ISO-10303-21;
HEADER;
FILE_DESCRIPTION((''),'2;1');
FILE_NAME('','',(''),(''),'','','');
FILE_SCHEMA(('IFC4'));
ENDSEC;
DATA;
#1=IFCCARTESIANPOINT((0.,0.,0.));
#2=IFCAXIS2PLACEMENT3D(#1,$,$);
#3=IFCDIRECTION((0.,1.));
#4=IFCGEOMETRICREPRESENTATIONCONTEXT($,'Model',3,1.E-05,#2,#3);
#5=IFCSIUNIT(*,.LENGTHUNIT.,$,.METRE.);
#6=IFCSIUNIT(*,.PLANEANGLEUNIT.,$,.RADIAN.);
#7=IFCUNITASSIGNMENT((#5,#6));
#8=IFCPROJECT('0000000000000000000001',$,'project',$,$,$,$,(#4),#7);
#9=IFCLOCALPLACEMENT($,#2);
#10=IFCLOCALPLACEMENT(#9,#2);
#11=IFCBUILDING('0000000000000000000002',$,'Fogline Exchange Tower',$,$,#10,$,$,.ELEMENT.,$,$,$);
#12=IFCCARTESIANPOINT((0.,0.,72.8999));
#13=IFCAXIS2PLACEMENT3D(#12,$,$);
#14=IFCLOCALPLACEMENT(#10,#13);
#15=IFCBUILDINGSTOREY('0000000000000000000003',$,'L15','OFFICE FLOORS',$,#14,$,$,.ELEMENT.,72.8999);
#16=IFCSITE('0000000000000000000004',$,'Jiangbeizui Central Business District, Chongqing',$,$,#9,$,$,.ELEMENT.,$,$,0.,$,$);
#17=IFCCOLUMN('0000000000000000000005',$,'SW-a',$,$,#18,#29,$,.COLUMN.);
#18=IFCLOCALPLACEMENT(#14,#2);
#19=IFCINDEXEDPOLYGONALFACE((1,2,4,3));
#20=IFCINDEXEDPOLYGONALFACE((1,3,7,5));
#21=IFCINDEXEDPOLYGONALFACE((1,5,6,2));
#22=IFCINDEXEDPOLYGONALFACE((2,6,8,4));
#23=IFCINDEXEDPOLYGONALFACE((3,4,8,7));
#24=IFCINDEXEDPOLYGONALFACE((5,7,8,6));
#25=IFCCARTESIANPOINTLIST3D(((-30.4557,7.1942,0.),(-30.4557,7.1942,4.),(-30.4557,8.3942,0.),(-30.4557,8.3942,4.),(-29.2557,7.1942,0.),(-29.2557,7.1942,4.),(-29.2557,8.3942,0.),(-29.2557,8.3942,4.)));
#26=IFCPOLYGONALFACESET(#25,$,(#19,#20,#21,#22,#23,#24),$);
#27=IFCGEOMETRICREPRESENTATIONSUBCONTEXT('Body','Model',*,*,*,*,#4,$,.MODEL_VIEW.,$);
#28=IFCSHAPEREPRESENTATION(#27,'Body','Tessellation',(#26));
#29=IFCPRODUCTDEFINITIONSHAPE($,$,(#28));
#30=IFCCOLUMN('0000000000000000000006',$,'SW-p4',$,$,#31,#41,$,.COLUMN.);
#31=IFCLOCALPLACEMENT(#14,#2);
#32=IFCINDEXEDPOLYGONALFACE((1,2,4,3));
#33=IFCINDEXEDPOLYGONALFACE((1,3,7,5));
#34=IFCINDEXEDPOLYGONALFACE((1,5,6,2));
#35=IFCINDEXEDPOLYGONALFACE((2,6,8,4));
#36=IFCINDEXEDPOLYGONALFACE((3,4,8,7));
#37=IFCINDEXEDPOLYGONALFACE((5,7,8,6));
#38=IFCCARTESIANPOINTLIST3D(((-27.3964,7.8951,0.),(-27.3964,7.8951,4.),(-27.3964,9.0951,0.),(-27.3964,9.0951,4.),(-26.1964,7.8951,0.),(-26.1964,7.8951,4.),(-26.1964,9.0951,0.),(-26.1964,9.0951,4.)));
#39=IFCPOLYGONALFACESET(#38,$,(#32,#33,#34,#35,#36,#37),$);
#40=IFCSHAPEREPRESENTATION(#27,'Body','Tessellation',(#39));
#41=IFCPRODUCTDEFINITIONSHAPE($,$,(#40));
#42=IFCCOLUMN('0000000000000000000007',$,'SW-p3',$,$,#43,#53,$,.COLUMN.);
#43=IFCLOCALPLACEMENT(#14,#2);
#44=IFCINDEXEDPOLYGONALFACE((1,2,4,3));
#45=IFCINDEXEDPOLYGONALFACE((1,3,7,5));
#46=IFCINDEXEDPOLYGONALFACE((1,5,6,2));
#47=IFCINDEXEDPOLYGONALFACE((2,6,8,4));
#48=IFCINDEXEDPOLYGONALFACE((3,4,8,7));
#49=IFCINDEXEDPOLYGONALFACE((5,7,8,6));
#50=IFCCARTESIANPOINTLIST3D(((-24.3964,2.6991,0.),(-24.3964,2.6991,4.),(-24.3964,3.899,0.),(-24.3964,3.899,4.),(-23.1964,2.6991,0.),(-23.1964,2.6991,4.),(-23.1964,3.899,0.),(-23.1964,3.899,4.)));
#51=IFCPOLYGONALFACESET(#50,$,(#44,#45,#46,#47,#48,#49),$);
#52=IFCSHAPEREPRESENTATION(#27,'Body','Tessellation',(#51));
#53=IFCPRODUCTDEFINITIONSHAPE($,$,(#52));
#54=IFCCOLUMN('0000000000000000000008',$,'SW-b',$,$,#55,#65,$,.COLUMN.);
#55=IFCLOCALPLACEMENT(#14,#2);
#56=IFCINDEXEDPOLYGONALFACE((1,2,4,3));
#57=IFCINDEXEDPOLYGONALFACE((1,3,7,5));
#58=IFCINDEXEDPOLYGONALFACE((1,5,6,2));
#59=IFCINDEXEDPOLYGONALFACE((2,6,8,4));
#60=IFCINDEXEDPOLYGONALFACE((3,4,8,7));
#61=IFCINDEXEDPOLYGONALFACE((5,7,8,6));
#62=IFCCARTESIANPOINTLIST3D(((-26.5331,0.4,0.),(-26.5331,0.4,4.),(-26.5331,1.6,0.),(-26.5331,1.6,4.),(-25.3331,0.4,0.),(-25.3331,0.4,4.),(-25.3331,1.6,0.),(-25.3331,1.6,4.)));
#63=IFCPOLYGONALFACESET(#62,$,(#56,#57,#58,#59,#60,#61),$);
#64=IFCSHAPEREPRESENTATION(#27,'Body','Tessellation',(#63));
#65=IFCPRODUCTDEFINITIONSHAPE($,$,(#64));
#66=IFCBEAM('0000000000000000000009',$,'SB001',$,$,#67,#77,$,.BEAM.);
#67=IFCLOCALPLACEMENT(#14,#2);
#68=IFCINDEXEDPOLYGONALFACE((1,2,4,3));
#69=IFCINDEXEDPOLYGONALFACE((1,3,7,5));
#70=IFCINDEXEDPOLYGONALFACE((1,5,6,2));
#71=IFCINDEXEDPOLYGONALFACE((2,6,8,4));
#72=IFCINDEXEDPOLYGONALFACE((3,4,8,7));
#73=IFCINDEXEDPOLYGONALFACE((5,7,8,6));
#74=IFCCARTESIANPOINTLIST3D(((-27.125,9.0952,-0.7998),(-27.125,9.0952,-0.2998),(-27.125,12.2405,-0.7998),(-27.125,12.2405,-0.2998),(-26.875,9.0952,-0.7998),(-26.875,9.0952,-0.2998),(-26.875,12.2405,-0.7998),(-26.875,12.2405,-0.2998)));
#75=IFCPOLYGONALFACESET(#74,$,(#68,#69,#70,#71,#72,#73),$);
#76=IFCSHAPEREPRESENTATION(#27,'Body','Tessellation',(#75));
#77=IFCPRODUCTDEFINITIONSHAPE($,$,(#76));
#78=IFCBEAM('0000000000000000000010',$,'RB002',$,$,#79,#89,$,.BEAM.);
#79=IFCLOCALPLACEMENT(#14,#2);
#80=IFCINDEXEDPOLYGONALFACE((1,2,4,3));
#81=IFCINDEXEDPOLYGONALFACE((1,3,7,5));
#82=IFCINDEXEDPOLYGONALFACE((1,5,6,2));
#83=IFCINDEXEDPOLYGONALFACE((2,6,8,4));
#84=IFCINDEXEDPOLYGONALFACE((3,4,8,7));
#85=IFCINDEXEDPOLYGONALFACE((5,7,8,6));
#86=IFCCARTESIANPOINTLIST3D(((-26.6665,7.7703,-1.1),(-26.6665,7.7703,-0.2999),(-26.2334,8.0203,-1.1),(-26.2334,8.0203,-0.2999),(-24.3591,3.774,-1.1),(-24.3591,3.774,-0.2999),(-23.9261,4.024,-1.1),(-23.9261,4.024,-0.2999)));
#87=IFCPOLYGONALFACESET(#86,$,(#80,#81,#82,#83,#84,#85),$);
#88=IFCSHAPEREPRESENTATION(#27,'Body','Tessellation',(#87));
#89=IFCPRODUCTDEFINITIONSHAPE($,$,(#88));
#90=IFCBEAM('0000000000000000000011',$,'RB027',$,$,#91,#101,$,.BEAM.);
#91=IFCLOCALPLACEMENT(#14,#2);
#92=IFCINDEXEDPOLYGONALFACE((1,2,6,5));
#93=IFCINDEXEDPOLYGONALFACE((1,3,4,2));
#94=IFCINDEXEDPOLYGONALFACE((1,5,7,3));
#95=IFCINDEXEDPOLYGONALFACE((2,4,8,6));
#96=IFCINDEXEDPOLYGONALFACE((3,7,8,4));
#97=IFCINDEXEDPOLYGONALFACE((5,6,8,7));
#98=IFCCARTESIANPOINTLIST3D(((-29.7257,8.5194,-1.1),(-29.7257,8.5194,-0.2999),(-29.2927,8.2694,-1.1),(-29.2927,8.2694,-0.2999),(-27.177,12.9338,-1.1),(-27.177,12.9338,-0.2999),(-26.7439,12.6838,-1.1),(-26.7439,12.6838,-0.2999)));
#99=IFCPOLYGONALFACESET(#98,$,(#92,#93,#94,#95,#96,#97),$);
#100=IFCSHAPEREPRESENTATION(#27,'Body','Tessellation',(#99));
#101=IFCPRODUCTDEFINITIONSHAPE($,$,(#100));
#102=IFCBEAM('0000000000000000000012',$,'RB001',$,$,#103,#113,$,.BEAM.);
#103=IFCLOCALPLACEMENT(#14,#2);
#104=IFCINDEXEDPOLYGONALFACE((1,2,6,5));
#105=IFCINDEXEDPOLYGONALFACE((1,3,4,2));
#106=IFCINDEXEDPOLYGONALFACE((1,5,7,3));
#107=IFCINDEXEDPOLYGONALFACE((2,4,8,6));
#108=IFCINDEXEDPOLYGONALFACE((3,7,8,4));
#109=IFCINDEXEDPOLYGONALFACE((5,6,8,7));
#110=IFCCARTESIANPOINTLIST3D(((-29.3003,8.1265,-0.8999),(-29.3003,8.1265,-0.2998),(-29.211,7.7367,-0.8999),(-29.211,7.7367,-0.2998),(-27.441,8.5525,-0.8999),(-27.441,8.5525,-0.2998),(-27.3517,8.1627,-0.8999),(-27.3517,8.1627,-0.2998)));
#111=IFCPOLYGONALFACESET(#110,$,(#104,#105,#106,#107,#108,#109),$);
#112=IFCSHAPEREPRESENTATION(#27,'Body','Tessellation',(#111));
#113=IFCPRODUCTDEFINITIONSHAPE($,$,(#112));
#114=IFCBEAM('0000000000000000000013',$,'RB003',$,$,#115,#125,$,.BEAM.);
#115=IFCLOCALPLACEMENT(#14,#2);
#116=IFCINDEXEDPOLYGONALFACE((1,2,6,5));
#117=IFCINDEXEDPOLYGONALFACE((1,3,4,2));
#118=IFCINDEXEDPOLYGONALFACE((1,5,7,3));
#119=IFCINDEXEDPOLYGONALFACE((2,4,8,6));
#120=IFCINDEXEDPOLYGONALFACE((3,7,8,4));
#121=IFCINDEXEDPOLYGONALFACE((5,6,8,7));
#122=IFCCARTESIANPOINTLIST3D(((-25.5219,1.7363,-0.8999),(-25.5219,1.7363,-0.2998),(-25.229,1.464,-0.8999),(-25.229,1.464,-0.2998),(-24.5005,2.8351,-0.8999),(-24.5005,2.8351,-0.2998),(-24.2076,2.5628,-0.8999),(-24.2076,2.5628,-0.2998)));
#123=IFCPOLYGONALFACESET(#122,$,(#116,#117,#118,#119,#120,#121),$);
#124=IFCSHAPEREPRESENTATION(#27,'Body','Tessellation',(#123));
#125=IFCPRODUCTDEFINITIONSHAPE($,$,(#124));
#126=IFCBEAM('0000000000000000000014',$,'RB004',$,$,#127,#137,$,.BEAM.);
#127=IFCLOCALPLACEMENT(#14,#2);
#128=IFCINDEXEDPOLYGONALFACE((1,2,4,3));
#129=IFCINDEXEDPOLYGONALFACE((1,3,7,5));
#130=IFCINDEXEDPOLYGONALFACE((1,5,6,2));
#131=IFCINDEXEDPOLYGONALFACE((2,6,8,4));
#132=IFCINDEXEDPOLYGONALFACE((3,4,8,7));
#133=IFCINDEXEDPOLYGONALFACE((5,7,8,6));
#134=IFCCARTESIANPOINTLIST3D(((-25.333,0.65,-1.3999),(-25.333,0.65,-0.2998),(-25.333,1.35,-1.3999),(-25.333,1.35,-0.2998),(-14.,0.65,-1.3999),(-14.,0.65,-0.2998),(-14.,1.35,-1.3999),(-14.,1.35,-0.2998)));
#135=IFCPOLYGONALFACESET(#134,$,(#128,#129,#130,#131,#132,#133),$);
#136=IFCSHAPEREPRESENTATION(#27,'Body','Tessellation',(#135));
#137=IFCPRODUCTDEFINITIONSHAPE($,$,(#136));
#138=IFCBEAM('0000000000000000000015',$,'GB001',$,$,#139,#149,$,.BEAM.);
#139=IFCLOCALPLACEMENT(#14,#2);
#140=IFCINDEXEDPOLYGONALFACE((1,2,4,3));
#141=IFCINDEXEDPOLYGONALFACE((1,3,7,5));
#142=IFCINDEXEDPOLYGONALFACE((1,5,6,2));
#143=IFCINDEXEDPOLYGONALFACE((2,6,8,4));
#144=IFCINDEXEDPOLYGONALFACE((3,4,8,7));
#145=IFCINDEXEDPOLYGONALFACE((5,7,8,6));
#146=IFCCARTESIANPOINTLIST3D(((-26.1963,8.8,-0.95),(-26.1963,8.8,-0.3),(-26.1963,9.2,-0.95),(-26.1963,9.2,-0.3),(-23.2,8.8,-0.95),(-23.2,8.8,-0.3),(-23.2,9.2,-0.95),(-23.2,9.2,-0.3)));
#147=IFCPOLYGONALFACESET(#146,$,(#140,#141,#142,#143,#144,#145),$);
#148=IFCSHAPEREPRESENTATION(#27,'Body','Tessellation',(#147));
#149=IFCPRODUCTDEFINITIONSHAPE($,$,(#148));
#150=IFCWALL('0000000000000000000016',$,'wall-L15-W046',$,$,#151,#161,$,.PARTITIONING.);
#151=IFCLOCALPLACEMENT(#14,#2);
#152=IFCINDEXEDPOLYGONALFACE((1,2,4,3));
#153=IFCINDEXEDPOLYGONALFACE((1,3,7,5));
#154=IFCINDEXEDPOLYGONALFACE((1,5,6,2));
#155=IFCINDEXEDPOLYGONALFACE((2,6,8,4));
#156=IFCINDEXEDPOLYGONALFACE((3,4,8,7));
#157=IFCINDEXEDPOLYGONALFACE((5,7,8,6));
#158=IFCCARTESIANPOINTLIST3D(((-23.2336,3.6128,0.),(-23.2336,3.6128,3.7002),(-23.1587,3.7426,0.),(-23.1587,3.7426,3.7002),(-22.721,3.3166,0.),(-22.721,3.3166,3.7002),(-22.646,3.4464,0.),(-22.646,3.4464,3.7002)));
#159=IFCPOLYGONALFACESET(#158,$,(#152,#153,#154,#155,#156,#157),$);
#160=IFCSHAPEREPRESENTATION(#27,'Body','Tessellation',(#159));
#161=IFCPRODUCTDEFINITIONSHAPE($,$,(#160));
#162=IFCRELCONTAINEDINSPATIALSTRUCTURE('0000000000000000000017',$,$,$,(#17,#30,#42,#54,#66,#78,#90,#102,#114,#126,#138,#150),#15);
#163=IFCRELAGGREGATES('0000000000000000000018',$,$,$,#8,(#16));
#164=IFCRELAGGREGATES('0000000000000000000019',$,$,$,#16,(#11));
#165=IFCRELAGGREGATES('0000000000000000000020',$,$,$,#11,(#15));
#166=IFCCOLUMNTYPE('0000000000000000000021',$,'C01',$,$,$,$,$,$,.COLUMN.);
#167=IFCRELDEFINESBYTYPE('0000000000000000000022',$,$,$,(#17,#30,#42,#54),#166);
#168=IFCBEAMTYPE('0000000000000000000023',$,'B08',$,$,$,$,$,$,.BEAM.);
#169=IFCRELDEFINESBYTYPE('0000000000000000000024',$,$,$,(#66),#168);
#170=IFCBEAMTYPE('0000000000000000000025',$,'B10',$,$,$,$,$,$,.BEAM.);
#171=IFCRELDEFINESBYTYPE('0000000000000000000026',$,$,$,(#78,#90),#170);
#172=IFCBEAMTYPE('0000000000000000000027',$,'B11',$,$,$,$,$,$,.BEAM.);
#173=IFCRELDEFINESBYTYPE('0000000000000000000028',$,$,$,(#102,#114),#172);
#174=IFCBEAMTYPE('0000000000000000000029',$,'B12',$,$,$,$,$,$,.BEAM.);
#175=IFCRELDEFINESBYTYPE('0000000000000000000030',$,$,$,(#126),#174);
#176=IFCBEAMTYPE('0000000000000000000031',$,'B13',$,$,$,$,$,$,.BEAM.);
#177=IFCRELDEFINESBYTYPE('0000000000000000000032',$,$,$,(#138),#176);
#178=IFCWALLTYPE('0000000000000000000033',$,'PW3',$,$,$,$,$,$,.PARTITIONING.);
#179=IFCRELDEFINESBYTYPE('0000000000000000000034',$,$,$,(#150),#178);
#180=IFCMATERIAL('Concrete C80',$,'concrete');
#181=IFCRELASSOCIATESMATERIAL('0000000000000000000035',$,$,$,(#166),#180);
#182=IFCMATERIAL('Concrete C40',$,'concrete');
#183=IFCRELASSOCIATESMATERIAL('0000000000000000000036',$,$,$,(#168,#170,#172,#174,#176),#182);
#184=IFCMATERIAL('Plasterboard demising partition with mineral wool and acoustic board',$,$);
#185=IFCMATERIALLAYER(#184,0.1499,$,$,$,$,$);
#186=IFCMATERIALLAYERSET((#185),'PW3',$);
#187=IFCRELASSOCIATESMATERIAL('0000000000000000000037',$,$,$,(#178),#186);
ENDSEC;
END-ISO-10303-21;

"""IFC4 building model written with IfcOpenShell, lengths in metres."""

from ifc_helpers import new_model, si_unit, direction, frame, frame_2d, origin, origin_2d, place, context, subcontext, project, spatial, rectangle, extrude, material, layer, layer_set, material_profile, profile_set, type_object, element, save


model = new_model("IFC4")

# Units and contexts
model_context = context("Model", 3, precision=1e-05, world=origin(), true_north=direction((0.0, 1.0)))
body_context = subcontext(model_context, "Body", "Model", "MODEL_VIEW")
ifc_project = project(units=[si_unit("LENGTHUNIT", "METRE"), si_unit("PLANEANGLEUNIT", "RADIAN")], contexts=[model_context])

# Site, building, storey
site_placement = place(None, origin())
site = spatial("IfcSite", under=ifc_project, at=site_placement, Name="Jiangbeizui Central Business District, Chongqing", CompositionType="ELEMENT", RefElevation=0.0)
building_placement = place(site_placement, origin())
building = spatial("IfcBuilding", under=site, at=building_placement, Name="Fogline Exchange Tower", CompositionType="ELEMENT")
storey_placement = place(building_placement, frame((0.0, 0.0, 72.8999)))
storey = spatial("IfcBuildingStorey", under=building, at=storey_placement, Name="L15", Description="OFFICE FLOORS", CompositionType="ELEMENT", Elevation=72.8999)

# Columns
ifc_material_1 = material(Name="Concrete C80", Category="concrete")
ifc_material_profile_1 = material_profile(ifc_material_1, rectangle(XDim=1.2, YDim=1.2, at=origin_2d()), Name="RC 1200x1200")
ifc_profile_set_1 = profile_set([ifc_material_profile_1], Name="Concrete C80")
column_type = type_object("IfcColumnType", Name="C01", PredefinedType="COLUMN", material=ifc_profile_set_1)
for number, where, z_axis, x_axis, name in (
    (1, (-29.8557, 7.7942, 0.0), (0.0, 0.0, 1.0), (1.0, 0.0, 0.0), "SW-a"),
    (2, (-26.7964, 8.4951, 0.0), (0.0, 0.0, 1.0), (1.0, 0.0, 0.0), "SW-p4"),
    (3, (-23.7964, 3.2991, 0.0), (0.0, 0.0, 1.0), (1.0, 0.0, 0.0), "SW-p3"),
    (4, (-25.9331, 1.0, 0.0), (0.0, 0.0, 1.0), (1.0, 0.0, 0.0), "SW-b"),
):
    element("IfcColumn", number, at=place(storey_placement, frame(where, z_axis=z_axis, x_axis=x_axis)), inside=storey, type_object=column_type, Name=name, PredefinedType="COLUMN", context=body_context, shape_type="SweptSolid", body=[
        extrude(rectangle(XDim=1.2, YDim=1.2, at=origin_2d()), origin(), (0.0, 0.0, 1.0), 4.0),
    ])

# Beams
ifc_material_2 = material(Name="Concrete C40", Category="concrete")
ifc_material_profile_2 = material_profile(ifc_material_2, rectangle(XDim=0.25, YDim=0.5, at=origin_2d()), Name="RC 250x500")
ifc_profile_set_2 = profile_set([ifc_material_profile_2], Name="Concrete C40")
beam_type_1 = type_object("IfcBeamType", Name="B08", PredefinedType="BEAM", material=ifc_profile_set_2)
beam_1_placement = place(storey_placement, frame((-27.0, 9.0952, -0.5498), z_axis=(0.0, 1.0, 0.0), x_axis=(-1.0, 0.0, 0.0)))
element("IfcBeam", 5, at=beam_1_placement, inside=storey, type_object=beam_type_1, Name="SB001", PredefinedType="BEAM", context=body_context, shape_type="SweptSolid", body=[
    extrude(rectangle(XDim=0.25, YDim=0.5, at=origin_2d()), origin(), (0.0, 0.0, 1.0), 3.1453),
])
ifc_material_profile_3 = material_profile(ifc_material_2, rectangle(XDim=0.5, YDim=0.8, at=origin_2d()), Name="RC 500x800")
ifc_profile_set_3 = profile_set([ifc_material_profile_3], Name="Concrete C40")
beam_type_2 = type_object("IfcBeamType", Name="B10", PredefinedType="BEAM", material=ifc_profile_set_3)
beam_2_placement = place(storey_placement, frame((-26.45, 7.8953, -0.7), z_axis=(0.500014, -0.866017, 0.0), x_axis=(0.866017, 0.500014, 0.0)))
element("IfcBeam", 6, at=beam_2_placement, inside=storey, type_object=beam_type_2, Name="RB002", PredefinedType="BEAM", context=body_context, shape_type="SweptSolid", body=[
    extrude(rectangle(XDim=0.5, YDim=0.8, at=origin_2d()), origin(), (0.0, 0.0, 1.0), 4.6145),
])
beam_3_placement = place(storey_placement, frame((-26.9604, 12.8088, -0.7), z_axis=(-0.500013, -0.866018, 0.0), x_axis=(0.866018, -0.500013, 0.0)))
element("IfcBeam", 7, at=beam_3_placement, inside=storey, type_object=beam_type_2, Name="RB027", PredefinedType="BEAM", context=body_context, shape_type="SweptSolid", body=[
    extrude(rectangle(XDim=0.5, YDim=0.8, at=origin_2d()), origin(), (0.0, 0.0, 1.0), 5.0974),
])
ifc_material_profile_4 = material_profile(ifc_material_2, rectangle(XDim=0.3999, YDim=0.6001, at=origin_2d()), Name="RC 400x600")
ifc_profile_set_4 = profile_set([ifc_material_profile_4], Name="Concrete C40")
beam_type_3 = type_object("IfcBeamType", Name="B11", PredefinedType="BEAM", material=ifc_profile_set_4)
beam_4_placement = place(storey_placement, frame((-29.2556, 7.9316, -0.5999), z_axis=(0.974742, 0.223336, 0.0), x_axis=(-0.223336, 0.974742, 0.0)))
element("IfcBeam", 8, at=beam_4_placement, inside=storey, type_object=beam_type_3, Name="RB001", PredefinedType="BEAM", context=body_context, shape_type="SweptSolid", body=[
    extrude(rectangle(XDim=0.3999, YDim=0.6001, at=origin_2d()), origin(), (0.0, 0.0, 1.0), 1.9075),
])
beam_5_placement = place(storey_placement, frame((-24.354, 2.699, -0.5999), z_axis=(-0.680844, -0.732428, 0.0), x_axis=(0.732428, -0.680844, 0.0)))
element("IfcBeam", 9, at=beam_5_placement, inside=storey, type_object=beam_type_3, Name="RB003", PredefinedType="BEAM", context=body_context, shape_type="SweptSolid", body=[
    extrude(rectangle(XDim=0.3999, YDim=0.6001, at=origin_2d()), origin(), (0.0, 0.0, 1.0), 1.5002),
])
ifc_material_profile_5 = material_profile(ifc_material_2, rectangle(XDim=0.7, YDim=1.1001, at=origin_2d()), Name="RC 700x1100")
ifc_profile_set_5 = profile_set([ifc_material_profile_5], Name="Concrete C40")
beam_type_4 = type_object("IfcBeamType", Name="B12", PredefinedType="BEAM", material=ifc_profile_set_5)
beam_6_placement = place(storey_placement, frame((-25.333, 1.0, -0.8499), z_axis=(1.0, 0.0, 0.0), x_axis=(0.0, 1.0, 0.0)))
element("IfcBeam", 10, at=beam_6_placement, inside=storey, type_object=beam_type_4, Name="RB004", PredefinedType="BEAM", context=body_context, shape_type="SweptSolid", body=[
    extrude(rectangle(XDim=0.7, YDim=1.1001, at=origin_2d()), origin(), (0.0, 0.0, 1.0), 11.333),
])
ifc_material_profile_6 = material_profile(ifc_material_2, rectangle(XDim=0.3999, YDim=0.6499, at=origin_2d()), Name="RC 400x650")
ifc_profile_set_6 = profile_set([ifc_material_profile_6], Name="Concrete C40")
beam_type_5 = type_object("IfcBeamType", Name="B13", PredefinedType="BEAM", material=ifc_profile_set_6)
beam_7_placement = place(storey_placement, frame((-26.1963, 9.0, -0.625), z_axis=(1.0, 0.0, 0.0), x_axis=(0.0, 1.0, 0.0)))
element("IfcBeam", 11, at=beam_7_placement, inside=storey, type_object=beam_type_5, Name="GB001", PredefinedType="BEAM", context=body_context, shape_type="SweptSolid", body=[
    extrude(rectangle(XDim=0.3999, YDim=0.6499, at=origin_2d()), origin(), (0.0, 0.0, 1.0), 2.9963),
])

# Wall
ifc_material_3 = material(Name="Plasterboard demising partition with mineral wool and acoustic board")
ifc_layer_1 = layer(ifc_material_3, 0.1499)
ifc_layer_set_1 = layer_set([ifc_layer_1], Name="PW3")
wall_type_1 = type_object("IfcWallType", Name="PW3", PredefinedType="PARTITIONING", material=ifc_layer_set_1)
wall_1_placement = place(storey_placement, frame((-22.6836, 3.3816, 0.0), z_axis=(0.0, 0.0, 1.0), x_axis=(-0.865925, 0.500175, 0.0)))
element("IfcWall", 12, at=wall_1_placement, inside=storey, type_object=wall_type_1, Name="wall-L15-W046", PredefinedType="PARTITIONING", context=body_context, shape_type="SweptSolid", body=[
    extrude(rectangle(XDim=0.592, YDim=0.1499, at=frame_2d((0.2959, 0.0))), origin(), (0.0, 0.0, 1.0), 3.7002),
])

save(model, "model.ifc")
